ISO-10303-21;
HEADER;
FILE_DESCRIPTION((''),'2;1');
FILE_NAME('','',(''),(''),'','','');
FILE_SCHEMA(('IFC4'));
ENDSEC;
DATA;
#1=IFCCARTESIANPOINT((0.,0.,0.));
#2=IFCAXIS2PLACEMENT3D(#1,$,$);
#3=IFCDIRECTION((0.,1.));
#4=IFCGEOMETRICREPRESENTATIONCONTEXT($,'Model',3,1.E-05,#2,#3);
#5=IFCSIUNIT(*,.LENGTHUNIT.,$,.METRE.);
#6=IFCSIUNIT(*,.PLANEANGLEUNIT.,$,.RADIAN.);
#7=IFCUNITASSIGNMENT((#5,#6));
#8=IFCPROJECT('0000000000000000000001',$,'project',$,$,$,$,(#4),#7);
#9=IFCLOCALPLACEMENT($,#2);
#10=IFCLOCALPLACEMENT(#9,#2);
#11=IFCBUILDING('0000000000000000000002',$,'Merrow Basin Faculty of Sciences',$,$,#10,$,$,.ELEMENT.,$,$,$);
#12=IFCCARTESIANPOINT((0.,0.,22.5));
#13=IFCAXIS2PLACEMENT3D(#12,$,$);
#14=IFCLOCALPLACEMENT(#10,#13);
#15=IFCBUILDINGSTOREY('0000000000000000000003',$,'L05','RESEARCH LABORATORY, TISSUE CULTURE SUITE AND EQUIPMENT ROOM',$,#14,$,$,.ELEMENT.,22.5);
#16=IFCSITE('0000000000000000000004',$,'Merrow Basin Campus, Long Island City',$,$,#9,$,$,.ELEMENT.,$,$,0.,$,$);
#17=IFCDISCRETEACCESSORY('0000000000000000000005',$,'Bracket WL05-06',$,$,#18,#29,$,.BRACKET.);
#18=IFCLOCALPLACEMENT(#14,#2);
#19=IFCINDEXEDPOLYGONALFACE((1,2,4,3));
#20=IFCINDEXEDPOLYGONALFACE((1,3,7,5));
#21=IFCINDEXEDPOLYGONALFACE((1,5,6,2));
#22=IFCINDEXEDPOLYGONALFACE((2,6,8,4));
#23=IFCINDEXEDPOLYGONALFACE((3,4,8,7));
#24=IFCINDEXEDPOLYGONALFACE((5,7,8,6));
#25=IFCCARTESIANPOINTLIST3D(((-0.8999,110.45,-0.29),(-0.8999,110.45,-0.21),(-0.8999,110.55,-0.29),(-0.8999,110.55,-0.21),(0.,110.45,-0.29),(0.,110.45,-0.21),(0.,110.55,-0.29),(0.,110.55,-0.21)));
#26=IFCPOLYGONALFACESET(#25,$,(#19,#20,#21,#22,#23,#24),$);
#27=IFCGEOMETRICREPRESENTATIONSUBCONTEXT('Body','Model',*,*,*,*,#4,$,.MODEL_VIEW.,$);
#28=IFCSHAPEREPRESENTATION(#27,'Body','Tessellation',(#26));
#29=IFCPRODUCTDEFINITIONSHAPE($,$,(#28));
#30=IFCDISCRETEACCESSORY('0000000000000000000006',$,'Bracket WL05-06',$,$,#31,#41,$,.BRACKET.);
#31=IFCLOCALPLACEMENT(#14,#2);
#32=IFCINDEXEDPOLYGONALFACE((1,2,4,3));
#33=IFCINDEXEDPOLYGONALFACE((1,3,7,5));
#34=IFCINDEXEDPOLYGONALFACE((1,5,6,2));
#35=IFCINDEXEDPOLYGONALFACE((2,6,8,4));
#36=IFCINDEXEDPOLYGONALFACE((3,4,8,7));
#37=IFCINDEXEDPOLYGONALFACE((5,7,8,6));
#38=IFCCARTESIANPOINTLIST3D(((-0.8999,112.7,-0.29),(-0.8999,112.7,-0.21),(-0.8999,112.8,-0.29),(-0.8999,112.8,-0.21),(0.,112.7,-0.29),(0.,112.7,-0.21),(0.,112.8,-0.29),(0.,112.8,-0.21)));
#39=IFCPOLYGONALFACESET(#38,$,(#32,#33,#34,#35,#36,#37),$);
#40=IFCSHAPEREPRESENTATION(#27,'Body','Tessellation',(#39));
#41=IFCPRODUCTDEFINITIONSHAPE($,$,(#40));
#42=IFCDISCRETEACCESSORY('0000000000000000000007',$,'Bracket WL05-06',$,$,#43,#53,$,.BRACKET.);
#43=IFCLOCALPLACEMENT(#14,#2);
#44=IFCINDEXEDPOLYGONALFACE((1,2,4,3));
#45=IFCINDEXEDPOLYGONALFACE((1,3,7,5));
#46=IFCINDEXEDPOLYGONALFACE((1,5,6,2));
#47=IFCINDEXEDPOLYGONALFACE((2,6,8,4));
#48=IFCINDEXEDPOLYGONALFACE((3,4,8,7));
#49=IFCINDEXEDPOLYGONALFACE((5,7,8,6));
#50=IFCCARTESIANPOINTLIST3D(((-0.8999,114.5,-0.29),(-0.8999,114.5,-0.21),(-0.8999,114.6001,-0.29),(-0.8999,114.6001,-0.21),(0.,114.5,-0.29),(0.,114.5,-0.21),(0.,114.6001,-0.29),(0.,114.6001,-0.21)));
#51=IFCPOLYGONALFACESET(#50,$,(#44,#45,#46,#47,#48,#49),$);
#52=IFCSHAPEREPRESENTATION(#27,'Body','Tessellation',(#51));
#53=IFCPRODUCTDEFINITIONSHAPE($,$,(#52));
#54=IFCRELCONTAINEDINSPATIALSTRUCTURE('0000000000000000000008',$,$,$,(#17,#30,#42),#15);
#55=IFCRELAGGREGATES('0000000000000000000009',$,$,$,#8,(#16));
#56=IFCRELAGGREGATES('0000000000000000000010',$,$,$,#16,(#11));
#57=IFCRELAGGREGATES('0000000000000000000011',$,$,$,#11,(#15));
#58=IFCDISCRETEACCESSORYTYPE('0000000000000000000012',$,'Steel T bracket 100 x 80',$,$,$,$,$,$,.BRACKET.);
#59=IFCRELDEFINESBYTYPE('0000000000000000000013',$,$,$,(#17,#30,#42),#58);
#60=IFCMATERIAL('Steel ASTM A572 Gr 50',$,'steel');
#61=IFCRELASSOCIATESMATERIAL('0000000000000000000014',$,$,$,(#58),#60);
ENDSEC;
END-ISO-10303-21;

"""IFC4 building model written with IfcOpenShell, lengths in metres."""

from ifc_helpers import new_model, si_unit, direction, frame, origin, place, context, subcontext, project, spatial, polyline, outline, extrude, source, transform, mapped, material, type_object, element, save


model = new_model("IFC4")

# Units and contexts
model_context = context("Model", 3, precision=1e-05, world=origin(), true_north=direction((0.0, 1.0)))
body_context = subcontext(model_context, "Body", "Model", "MODEL_VIEW")
ifc_project = project(units=[si_unit("LENGTHUNIT", "METRE"), si_unit("PLANEANGLEUNIT", "RADIAN")], contexts=[model_context])

# Site, building, storey
site_placement = place(None, origin())
site = spatial("IfcSite", under=ifc_project, at=site_placement, Name="Merrow Basin Campus, Long Island City", CompositionType="ELEMENT", RefElevation=0.0)
building_placement = place(site_placement, origin())
building = spatial("IfcBuilding", under=site, at=building_placement, Name="Merrow Basin Faculty of Sciences", CompositionType="ELEMENT")
storey_placement = place(building_placement, frame((0.0, 0.0, 22.5)))
storey = spatial("IfcBuildingStorey", under=building, at=storey_placement, Name="L05", Description="RESEARCH LABORATORY, TISSUE CULTURE SUITE AND EQUIPMENT ROOM", CompositionType="ELEMENT", Elevation=22.5)

# Discrete accessories
ifc_material_1 = material(Name="Steel ASTM A572 Gr 50", Category="steel")
discrete_accessory_type = type_object("IfcDiscreteAccessoryType", Name="Steel T bracket 100 x 80", PredefinedType="BRACKET", material=ifc_material_1)
shared_shape_1 = source(origin(), body_context, "Body", "SweptSolid", [
    extrude(outline(polyline([(0.0, 0.0), (0.1001, 0.0), (0.1001, 0.0801), (0.0, 0.0801), (0.0, 0.0)])), origin(), (0.0, 0.0, 1.0), 0.8999),
])
for number, where, z_axis, x_axis, name in (
    (1, (-0.8999, 110.45, -0.29), (1.0, 0.0, 0.0), (0.0, 1.0, 0.0), "Bracket WL05-06"),
    (2, (-0.8999, 112.7, -0.29), (1.0, 0.0, 0.0), (0.0, 1.0, 0.0), "Bracket WL05-06"),
    (3, (-0.8999, 114.5, -0.29), (1.0, 0.0, 0.0), (0.0, 1.0, 0.0), "Bracket WL05-06"),
):
    element("IfcDiscreteAccessory", number, at=place(storey_placement, frame(where, z_axis=z_axis, x_axis=x_axis)), inside=storey, type_object=discrete_accessory_type, Name=name, PredefinedType="BRACKET", context=body_context, shape_type="MappedRepresentation", body=[
        mapped(shared_shape_1, transform((0.0, 0.0, 0.0), scale=1.0)),
    ])

save(model, "model.ifc")
